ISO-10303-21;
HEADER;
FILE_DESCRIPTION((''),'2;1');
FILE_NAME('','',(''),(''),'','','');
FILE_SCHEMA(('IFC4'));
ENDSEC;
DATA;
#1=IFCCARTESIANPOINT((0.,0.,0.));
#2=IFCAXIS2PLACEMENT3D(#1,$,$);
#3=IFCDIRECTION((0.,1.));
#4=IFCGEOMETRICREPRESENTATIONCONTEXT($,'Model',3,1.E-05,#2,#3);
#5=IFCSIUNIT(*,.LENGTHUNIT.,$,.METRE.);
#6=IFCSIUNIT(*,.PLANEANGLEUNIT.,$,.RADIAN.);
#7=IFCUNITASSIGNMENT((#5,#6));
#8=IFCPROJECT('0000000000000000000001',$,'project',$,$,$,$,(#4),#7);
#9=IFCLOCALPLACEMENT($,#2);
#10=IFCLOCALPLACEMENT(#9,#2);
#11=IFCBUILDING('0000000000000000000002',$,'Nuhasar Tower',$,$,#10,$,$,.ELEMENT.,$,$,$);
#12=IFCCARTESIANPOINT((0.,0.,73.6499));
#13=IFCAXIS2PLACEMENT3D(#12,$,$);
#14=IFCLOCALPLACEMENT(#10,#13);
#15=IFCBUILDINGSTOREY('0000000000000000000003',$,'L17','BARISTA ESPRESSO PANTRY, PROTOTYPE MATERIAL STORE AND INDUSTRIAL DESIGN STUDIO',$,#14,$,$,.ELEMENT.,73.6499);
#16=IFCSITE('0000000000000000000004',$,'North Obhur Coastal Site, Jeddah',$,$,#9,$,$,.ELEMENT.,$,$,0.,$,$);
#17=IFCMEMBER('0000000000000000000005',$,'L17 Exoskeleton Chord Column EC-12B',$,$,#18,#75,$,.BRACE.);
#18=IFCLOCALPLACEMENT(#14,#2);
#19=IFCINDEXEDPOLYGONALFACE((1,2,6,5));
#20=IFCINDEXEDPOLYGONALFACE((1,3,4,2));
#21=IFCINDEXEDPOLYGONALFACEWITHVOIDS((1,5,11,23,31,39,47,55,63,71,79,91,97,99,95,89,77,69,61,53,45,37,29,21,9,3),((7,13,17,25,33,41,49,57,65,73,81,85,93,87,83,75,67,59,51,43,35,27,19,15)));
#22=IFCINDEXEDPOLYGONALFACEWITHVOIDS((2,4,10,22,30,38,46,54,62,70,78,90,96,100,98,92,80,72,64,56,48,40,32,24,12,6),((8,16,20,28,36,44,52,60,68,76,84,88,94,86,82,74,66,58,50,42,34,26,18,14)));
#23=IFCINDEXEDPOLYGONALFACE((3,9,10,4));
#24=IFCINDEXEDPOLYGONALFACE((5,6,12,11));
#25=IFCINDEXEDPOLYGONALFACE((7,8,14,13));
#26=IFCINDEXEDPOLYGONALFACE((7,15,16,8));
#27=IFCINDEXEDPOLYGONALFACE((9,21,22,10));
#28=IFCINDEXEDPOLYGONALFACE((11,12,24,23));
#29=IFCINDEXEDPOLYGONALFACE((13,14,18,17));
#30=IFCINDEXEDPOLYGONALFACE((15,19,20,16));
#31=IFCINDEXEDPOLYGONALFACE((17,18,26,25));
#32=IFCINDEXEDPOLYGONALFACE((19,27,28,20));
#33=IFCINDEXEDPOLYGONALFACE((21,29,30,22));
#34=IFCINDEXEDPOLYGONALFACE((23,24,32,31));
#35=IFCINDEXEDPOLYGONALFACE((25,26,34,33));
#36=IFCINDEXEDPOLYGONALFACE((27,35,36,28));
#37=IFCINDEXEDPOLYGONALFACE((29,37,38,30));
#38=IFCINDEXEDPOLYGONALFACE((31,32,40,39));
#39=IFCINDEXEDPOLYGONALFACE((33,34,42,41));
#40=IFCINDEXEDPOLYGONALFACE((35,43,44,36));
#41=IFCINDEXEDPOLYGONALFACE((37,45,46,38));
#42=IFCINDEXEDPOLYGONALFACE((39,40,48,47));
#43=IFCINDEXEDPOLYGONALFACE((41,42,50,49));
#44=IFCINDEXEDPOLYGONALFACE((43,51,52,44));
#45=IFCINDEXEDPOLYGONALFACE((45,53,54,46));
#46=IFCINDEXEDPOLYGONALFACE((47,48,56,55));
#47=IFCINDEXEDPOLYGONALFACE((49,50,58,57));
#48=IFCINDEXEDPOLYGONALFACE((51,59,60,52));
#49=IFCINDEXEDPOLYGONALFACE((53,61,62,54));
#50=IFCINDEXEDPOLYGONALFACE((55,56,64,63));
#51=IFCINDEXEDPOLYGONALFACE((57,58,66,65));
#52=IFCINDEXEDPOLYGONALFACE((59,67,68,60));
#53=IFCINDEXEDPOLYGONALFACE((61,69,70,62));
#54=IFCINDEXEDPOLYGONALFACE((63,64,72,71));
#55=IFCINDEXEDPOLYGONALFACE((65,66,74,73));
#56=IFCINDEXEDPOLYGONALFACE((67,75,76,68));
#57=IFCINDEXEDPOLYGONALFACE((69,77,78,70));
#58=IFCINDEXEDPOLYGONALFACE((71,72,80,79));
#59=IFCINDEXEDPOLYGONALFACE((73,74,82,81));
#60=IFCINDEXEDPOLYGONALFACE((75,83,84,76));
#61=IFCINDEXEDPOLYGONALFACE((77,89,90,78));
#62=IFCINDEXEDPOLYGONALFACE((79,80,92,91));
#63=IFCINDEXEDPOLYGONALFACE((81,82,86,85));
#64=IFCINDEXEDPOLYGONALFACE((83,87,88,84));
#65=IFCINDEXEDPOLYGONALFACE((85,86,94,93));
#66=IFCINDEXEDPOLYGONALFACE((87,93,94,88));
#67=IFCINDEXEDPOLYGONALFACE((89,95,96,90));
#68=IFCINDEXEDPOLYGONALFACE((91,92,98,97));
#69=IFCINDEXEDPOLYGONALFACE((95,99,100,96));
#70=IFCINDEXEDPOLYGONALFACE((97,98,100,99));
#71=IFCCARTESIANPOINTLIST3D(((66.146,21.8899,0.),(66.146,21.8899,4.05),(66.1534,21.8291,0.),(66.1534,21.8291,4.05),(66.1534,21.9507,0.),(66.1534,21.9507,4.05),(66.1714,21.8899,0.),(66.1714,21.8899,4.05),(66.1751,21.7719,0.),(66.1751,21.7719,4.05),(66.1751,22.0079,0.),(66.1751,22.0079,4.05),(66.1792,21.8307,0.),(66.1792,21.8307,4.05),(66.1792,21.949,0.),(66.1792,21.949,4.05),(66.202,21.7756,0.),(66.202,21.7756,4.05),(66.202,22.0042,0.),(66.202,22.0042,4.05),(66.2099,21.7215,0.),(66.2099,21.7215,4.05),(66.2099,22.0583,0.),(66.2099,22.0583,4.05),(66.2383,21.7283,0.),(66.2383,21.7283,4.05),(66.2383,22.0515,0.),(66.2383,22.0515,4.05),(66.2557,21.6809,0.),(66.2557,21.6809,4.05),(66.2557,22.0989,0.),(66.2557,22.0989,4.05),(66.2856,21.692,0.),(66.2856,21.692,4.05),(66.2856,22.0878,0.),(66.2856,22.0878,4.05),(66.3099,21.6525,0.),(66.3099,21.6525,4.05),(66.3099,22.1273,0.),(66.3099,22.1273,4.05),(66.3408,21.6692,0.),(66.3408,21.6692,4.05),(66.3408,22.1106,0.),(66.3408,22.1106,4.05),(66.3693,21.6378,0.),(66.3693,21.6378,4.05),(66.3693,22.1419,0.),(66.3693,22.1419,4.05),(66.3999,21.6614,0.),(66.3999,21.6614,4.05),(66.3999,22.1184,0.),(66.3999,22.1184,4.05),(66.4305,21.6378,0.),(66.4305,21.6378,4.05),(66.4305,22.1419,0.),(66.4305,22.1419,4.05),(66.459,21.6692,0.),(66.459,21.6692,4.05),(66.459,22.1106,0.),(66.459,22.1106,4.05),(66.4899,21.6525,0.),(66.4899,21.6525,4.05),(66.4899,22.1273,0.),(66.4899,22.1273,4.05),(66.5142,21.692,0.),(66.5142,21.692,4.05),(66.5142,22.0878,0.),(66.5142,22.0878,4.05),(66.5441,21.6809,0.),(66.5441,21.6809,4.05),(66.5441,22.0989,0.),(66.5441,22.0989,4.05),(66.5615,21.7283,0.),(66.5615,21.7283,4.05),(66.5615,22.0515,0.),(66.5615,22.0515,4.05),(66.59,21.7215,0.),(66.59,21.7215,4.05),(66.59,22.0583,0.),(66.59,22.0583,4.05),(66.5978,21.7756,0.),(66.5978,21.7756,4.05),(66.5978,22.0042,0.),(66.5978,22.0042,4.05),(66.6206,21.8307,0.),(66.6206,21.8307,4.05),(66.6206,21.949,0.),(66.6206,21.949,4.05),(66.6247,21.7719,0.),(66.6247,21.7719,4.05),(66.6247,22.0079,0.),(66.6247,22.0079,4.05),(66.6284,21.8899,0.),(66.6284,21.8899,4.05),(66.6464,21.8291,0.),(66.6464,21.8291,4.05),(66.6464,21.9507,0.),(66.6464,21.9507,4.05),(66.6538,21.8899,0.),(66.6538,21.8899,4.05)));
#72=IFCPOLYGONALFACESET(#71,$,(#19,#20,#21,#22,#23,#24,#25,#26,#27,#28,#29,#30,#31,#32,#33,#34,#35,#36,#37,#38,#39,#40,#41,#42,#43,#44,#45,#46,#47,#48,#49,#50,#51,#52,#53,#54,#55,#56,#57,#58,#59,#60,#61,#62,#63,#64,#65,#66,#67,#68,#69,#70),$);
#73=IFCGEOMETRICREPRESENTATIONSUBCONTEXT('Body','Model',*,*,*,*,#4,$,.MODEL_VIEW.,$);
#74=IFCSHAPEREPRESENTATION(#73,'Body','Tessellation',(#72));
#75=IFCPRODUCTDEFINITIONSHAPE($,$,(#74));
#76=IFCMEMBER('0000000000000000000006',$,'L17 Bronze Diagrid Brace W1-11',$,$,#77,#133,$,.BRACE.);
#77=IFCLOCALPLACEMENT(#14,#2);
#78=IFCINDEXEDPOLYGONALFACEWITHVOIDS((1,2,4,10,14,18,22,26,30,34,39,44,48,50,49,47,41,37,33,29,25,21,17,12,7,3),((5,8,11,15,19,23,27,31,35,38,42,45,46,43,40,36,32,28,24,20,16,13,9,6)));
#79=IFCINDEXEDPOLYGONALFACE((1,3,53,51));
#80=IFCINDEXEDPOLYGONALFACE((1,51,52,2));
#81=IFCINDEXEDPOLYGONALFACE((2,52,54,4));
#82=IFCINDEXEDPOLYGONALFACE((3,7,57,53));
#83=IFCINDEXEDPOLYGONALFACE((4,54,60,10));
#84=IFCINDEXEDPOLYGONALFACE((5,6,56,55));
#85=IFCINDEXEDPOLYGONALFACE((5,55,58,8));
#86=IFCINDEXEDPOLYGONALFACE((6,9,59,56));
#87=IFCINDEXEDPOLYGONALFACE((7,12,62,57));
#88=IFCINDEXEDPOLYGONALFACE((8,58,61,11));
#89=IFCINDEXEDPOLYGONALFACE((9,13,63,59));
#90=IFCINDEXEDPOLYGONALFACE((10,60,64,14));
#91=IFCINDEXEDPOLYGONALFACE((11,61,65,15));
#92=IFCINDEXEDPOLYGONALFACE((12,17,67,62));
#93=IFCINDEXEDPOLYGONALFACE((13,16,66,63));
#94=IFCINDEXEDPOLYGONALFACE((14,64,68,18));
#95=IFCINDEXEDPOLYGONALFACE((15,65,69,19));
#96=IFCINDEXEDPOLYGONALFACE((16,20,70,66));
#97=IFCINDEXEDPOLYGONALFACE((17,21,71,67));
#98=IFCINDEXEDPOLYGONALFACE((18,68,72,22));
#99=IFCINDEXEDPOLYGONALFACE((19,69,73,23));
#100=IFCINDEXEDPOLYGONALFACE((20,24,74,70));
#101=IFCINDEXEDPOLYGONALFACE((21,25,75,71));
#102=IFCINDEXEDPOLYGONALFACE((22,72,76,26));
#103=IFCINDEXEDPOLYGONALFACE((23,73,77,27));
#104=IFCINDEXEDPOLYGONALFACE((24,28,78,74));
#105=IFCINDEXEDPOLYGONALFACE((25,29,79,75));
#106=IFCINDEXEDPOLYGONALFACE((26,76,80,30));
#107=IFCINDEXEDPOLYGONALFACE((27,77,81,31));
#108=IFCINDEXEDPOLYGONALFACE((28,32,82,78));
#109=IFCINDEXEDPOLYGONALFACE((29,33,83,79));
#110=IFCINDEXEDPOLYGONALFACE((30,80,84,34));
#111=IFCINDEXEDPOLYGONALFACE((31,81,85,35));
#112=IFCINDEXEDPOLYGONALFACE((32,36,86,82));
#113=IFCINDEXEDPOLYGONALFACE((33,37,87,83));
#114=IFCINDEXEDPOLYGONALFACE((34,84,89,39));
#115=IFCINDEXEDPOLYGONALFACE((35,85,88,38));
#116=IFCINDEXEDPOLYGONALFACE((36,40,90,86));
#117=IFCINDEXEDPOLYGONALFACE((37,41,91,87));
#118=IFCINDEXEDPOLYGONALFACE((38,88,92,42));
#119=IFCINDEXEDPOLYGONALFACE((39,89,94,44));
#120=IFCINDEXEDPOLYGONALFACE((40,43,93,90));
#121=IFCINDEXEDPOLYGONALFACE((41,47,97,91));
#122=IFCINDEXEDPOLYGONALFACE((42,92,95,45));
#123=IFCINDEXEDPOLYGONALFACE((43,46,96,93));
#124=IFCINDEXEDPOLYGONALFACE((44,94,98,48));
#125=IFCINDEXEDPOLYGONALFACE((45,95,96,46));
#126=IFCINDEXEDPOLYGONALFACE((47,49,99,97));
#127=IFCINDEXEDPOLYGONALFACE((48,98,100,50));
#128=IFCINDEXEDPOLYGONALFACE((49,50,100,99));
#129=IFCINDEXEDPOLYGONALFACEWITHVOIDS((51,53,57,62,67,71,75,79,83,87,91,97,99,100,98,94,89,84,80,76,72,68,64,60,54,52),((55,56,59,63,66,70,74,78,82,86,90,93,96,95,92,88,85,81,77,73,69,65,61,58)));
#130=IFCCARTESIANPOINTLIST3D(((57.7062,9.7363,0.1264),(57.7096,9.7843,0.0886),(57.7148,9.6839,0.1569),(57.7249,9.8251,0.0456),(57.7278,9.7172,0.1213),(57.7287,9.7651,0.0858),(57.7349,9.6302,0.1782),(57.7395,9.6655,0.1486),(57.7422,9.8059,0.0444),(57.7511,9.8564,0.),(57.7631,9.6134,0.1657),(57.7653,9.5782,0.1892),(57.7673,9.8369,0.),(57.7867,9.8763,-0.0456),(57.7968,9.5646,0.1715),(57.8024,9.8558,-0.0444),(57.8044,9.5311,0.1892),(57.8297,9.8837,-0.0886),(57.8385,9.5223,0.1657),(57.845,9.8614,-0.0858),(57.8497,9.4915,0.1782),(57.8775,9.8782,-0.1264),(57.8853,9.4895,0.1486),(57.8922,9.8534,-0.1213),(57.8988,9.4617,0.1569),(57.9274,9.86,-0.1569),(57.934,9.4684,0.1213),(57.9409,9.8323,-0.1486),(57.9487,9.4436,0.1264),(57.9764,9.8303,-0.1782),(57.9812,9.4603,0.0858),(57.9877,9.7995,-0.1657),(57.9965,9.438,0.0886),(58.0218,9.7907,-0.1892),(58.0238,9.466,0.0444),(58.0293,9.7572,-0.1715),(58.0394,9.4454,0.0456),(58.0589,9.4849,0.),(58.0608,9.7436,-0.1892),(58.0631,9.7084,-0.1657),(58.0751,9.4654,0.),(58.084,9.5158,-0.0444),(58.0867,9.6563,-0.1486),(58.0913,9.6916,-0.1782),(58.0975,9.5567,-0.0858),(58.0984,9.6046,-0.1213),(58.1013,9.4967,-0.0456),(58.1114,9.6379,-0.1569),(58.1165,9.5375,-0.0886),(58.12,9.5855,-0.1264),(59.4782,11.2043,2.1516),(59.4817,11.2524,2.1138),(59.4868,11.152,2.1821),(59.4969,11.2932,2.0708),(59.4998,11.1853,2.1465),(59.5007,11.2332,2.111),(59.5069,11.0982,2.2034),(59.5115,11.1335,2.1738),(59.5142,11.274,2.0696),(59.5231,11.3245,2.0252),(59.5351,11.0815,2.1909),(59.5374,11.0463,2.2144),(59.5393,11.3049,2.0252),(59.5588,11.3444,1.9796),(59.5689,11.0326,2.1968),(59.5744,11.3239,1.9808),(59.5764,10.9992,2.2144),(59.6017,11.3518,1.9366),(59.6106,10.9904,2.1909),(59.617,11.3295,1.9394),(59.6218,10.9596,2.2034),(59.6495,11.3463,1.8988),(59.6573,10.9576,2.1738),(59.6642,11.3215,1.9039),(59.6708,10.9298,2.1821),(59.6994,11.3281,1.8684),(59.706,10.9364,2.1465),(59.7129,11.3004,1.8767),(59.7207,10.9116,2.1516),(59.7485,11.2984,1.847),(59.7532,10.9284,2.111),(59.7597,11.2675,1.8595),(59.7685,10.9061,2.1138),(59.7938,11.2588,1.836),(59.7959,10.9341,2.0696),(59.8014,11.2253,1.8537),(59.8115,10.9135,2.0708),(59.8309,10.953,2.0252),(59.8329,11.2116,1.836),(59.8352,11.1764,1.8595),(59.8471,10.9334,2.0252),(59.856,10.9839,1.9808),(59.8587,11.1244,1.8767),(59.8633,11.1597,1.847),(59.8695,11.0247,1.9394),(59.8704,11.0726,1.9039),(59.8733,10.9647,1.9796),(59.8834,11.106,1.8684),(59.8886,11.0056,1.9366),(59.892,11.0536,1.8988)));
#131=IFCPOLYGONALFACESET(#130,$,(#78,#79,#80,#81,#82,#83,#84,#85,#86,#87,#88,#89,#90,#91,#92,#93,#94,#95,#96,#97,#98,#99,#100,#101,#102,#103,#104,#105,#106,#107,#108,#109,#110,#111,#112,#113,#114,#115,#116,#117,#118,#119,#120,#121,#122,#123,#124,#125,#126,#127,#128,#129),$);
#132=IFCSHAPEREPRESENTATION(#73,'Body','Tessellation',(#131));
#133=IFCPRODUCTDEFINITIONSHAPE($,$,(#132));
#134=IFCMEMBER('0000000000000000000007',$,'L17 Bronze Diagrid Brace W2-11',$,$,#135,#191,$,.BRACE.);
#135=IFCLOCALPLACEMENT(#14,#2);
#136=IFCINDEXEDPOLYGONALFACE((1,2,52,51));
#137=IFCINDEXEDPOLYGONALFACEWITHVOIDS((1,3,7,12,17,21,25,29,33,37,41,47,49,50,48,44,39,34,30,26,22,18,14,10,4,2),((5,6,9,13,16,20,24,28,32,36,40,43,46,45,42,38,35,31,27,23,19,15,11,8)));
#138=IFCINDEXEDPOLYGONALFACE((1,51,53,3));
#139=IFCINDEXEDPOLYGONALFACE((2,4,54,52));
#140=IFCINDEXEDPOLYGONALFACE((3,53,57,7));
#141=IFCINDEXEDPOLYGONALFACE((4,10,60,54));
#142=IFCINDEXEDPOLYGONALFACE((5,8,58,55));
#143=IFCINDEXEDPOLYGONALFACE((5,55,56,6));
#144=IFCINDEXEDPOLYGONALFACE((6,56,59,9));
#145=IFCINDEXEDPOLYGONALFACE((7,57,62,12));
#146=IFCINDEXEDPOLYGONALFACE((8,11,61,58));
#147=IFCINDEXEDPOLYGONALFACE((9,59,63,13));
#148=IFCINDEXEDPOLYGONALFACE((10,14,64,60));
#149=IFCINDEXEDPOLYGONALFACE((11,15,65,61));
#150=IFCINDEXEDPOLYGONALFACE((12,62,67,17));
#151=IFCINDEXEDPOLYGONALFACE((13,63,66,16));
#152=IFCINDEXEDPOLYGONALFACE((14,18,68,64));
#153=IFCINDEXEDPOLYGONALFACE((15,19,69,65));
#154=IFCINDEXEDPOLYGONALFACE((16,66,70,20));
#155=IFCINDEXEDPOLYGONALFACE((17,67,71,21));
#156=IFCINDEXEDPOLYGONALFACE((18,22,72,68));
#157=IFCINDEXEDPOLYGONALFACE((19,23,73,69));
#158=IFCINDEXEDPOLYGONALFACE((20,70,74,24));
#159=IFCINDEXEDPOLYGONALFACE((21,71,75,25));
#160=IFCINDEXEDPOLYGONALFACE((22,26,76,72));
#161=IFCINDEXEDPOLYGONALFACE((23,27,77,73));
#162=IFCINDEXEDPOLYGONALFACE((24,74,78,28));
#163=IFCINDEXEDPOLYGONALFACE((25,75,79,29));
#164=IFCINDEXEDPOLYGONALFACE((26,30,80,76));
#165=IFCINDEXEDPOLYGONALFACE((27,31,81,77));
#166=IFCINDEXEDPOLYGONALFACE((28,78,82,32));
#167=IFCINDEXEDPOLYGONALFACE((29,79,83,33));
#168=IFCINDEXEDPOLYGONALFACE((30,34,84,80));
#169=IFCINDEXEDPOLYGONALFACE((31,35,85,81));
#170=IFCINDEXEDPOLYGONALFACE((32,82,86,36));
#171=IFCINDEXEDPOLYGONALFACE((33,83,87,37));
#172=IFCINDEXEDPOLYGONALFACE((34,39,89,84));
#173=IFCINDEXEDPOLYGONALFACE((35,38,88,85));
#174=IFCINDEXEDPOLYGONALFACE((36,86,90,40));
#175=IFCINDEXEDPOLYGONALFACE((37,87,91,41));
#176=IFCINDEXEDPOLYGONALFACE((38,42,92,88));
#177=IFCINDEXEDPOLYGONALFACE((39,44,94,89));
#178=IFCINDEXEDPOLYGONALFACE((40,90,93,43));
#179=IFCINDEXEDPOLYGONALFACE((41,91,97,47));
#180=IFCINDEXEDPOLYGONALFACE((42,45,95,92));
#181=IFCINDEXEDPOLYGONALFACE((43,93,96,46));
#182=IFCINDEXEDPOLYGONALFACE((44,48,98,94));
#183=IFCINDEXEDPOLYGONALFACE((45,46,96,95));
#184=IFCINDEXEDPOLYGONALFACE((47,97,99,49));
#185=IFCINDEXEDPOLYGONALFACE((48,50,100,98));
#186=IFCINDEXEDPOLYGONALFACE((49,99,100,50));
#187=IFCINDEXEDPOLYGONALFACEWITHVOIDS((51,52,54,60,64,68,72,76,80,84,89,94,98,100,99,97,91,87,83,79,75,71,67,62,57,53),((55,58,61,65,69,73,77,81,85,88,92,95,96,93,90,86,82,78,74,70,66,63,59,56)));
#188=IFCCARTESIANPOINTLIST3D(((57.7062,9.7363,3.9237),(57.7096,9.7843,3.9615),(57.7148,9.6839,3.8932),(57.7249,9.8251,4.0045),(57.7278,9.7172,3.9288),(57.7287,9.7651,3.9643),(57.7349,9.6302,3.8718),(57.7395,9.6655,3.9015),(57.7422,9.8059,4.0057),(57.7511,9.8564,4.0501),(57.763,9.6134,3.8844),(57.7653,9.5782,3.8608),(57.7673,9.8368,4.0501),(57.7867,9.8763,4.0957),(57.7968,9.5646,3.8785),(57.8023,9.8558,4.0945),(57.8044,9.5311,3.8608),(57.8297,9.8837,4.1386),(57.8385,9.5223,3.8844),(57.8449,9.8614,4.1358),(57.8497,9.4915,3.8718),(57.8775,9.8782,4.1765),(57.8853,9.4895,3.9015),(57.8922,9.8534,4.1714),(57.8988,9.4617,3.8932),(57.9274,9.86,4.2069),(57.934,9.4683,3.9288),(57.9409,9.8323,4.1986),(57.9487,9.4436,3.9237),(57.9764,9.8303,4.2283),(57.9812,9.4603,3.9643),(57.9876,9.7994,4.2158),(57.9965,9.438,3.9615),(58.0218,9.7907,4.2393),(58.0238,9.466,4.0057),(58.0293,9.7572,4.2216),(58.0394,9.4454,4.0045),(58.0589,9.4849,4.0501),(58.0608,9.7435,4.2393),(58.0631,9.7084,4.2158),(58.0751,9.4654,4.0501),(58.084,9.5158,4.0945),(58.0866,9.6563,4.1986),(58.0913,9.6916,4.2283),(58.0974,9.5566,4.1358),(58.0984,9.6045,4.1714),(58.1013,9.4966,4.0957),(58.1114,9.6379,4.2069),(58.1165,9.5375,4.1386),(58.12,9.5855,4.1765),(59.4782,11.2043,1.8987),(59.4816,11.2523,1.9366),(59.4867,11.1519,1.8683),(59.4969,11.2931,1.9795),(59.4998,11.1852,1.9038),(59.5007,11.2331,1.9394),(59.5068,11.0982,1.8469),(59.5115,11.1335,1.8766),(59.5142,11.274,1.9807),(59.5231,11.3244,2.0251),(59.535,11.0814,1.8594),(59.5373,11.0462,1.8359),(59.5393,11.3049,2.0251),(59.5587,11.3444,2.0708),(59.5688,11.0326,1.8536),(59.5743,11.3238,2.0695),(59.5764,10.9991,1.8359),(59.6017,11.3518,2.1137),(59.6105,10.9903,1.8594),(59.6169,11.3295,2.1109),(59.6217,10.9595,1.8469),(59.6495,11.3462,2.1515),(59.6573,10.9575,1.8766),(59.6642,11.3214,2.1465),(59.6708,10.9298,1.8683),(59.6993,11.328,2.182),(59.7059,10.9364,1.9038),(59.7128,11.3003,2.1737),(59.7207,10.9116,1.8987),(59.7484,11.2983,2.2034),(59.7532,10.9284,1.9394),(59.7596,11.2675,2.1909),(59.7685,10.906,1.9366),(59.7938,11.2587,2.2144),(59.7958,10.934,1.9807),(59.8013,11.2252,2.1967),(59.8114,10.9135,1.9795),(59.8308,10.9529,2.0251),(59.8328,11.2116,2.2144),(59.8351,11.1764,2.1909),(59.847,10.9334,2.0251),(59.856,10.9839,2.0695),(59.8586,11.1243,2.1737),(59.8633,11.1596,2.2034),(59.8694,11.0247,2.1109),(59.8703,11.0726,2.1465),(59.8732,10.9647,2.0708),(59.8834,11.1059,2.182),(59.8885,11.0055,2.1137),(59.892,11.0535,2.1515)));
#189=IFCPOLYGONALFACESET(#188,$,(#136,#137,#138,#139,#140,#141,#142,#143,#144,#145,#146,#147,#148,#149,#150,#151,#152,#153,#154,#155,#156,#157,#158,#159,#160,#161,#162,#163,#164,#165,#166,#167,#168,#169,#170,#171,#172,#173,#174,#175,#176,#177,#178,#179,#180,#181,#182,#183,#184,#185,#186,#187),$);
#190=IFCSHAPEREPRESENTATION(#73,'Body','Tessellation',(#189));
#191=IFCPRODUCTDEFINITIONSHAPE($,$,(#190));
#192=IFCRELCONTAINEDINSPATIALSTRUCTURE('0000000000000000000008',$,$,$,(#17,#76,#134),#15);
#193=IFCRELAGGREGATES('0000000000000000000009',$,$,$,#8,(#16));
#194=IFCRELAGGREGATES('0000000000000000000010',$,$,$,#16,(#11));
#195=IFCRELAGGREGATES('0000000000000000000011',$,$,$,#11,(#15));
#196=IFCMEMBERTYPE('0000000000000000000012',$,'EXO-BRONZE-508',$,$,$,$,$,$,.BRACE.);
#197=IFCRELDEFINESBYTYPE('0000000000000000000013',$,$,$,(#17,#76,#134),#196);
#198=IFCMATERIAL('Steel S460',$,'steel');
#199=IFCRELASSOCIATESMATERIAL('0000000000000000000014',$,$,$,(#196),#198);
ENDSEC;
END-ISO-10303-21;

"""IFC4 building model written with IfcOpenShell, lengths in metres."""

from ifc_helpers import new_model, si_unit, direction, frame, origin, origin_2d, place, context, subcontext, project, spatial, hollow_circle, extrude, material, material_profile, profile_set, type_object, element, save


model = new_model("IFC4")

# Units and contexts
model_context = context("Model", 3, precision=1e-05, world=origin(), true_north=direction((0.0, 1.0)))
body_context = subcontext(model_context, "Body", "Model", "MODEL_VIEW")
ifc_project = project(units=[si_unit("LENGTHUNIT", "METRE"), si_unit("PLANEANGLEUNIT", "RADIAN")], contexts=[model_context])

# Site, building, storey
site_placement = place(None, origin())
site = spatial("IfcSite", under=ifc_project, at=site_placement, Name="North Obhur Coastal Site, Jeddah", CompositionType="ELEMENT", RefElevation=0.0)
building_placement = place(site_placement, origin())
building = spatial("IfcBuilding", under=site, at=building_placement, Name="Nuhasar Tower", CompositionType="ELEMENT")
storey_placement = place(building_placement, frame((0.0, 0.0, 73.6499)))
storey = spatial("IfcBuildingStorey", under=building, at=storey_placement, Name="L17", Description="BARISTA ESPRESSO PANTRY, PROTOTYPE MATERIAL STORE AND INDUSTRIAL DESIGN STUDIO", CompositionType="ELEMENT", Elevation=73.6499)

# Members
ifc_material_1 = material(Name="Steel S460", Category="steel")
ifc_material_profile_1 = material_profile(ifc_material_1, hollow_circle(Radius=0.2539, WallThickness=0.0254, at=origin_2d()), Name="HSS508X25.4")
ifc_profile_set_1 = profile_set([ifc_material_profile_1], Name="Steel S460")
member_type_1 = type_object("IfcMemberType", Name="EXO-BRONZE-508", PredefinedType="BRACE", material=ifc_profile_set_1)
for number, where, z_axis, x_axis, name in (
    (1, (66.3999, 21.8899, 0.0), (0.0, 0.0, 1.0), (1.0, 0.0, 0.0), "L17 Exoskeleton Chord Column EC-12B"),
):
    element("IfcMember", number, at=place(storey_placement, frame(where, z_axis=z_axis, x_axis=x_axis)), inside=storey, type_object=member_type_1, Name=name, PredefinedType="BRACE", context=body_context, shape_type="SweptSolid", body=[
        extrude(hollow_circle(Radius=0.2539, WallThickness=0.0254, at=origin_2d()), origin(), (0.0, 0.0, 1.0), 4.05),
    ])
member_1_placement = place(storey_placement, frame((57.9131, 9.6609, 0.0), z_axis=(0.578071, 0.478912, 0.660664), x_axis=(-0.637969, 0.770062, 0.0)))
element("IfcMember", 2, at=member_1_placement, inside=storey, type_object=member_type_1, Name="L17 Bronze Diagrid Brace W1-11", PredefinedType="BRACE", context=body_context, shape_type="SweptSolid", body=[
    extrude(hollow_circle(Radius=0.2539, WallThickness=0.0254, at=origin_2d()), origin(), (0.0, 0.0, 1.0), 3.0654),
])
member_2_placement = place(storey_placement, frame((59.6851, 11.1289, 2.0251), z_axis=(-0.578102, -0.478937, 0.660619), x_axis=(0.637969, -0.770062, 0.0)))
element("IfcMember", 3, at=member_2_placement, inside=storey, type_object=member_type_1, Name="L17 Bronze Diagrid Brace W2-11", PredefinedType="BRACE", context=body_context, shape_type="SweptSolid", body=[
    extrude(hollow_circle(Radius=0.2539, WallThickness=0.0254, at=origin_2d()), origin(), (0.0, 0.0, 1.0), 3.0652),
])

save(model, "model.ifc")
